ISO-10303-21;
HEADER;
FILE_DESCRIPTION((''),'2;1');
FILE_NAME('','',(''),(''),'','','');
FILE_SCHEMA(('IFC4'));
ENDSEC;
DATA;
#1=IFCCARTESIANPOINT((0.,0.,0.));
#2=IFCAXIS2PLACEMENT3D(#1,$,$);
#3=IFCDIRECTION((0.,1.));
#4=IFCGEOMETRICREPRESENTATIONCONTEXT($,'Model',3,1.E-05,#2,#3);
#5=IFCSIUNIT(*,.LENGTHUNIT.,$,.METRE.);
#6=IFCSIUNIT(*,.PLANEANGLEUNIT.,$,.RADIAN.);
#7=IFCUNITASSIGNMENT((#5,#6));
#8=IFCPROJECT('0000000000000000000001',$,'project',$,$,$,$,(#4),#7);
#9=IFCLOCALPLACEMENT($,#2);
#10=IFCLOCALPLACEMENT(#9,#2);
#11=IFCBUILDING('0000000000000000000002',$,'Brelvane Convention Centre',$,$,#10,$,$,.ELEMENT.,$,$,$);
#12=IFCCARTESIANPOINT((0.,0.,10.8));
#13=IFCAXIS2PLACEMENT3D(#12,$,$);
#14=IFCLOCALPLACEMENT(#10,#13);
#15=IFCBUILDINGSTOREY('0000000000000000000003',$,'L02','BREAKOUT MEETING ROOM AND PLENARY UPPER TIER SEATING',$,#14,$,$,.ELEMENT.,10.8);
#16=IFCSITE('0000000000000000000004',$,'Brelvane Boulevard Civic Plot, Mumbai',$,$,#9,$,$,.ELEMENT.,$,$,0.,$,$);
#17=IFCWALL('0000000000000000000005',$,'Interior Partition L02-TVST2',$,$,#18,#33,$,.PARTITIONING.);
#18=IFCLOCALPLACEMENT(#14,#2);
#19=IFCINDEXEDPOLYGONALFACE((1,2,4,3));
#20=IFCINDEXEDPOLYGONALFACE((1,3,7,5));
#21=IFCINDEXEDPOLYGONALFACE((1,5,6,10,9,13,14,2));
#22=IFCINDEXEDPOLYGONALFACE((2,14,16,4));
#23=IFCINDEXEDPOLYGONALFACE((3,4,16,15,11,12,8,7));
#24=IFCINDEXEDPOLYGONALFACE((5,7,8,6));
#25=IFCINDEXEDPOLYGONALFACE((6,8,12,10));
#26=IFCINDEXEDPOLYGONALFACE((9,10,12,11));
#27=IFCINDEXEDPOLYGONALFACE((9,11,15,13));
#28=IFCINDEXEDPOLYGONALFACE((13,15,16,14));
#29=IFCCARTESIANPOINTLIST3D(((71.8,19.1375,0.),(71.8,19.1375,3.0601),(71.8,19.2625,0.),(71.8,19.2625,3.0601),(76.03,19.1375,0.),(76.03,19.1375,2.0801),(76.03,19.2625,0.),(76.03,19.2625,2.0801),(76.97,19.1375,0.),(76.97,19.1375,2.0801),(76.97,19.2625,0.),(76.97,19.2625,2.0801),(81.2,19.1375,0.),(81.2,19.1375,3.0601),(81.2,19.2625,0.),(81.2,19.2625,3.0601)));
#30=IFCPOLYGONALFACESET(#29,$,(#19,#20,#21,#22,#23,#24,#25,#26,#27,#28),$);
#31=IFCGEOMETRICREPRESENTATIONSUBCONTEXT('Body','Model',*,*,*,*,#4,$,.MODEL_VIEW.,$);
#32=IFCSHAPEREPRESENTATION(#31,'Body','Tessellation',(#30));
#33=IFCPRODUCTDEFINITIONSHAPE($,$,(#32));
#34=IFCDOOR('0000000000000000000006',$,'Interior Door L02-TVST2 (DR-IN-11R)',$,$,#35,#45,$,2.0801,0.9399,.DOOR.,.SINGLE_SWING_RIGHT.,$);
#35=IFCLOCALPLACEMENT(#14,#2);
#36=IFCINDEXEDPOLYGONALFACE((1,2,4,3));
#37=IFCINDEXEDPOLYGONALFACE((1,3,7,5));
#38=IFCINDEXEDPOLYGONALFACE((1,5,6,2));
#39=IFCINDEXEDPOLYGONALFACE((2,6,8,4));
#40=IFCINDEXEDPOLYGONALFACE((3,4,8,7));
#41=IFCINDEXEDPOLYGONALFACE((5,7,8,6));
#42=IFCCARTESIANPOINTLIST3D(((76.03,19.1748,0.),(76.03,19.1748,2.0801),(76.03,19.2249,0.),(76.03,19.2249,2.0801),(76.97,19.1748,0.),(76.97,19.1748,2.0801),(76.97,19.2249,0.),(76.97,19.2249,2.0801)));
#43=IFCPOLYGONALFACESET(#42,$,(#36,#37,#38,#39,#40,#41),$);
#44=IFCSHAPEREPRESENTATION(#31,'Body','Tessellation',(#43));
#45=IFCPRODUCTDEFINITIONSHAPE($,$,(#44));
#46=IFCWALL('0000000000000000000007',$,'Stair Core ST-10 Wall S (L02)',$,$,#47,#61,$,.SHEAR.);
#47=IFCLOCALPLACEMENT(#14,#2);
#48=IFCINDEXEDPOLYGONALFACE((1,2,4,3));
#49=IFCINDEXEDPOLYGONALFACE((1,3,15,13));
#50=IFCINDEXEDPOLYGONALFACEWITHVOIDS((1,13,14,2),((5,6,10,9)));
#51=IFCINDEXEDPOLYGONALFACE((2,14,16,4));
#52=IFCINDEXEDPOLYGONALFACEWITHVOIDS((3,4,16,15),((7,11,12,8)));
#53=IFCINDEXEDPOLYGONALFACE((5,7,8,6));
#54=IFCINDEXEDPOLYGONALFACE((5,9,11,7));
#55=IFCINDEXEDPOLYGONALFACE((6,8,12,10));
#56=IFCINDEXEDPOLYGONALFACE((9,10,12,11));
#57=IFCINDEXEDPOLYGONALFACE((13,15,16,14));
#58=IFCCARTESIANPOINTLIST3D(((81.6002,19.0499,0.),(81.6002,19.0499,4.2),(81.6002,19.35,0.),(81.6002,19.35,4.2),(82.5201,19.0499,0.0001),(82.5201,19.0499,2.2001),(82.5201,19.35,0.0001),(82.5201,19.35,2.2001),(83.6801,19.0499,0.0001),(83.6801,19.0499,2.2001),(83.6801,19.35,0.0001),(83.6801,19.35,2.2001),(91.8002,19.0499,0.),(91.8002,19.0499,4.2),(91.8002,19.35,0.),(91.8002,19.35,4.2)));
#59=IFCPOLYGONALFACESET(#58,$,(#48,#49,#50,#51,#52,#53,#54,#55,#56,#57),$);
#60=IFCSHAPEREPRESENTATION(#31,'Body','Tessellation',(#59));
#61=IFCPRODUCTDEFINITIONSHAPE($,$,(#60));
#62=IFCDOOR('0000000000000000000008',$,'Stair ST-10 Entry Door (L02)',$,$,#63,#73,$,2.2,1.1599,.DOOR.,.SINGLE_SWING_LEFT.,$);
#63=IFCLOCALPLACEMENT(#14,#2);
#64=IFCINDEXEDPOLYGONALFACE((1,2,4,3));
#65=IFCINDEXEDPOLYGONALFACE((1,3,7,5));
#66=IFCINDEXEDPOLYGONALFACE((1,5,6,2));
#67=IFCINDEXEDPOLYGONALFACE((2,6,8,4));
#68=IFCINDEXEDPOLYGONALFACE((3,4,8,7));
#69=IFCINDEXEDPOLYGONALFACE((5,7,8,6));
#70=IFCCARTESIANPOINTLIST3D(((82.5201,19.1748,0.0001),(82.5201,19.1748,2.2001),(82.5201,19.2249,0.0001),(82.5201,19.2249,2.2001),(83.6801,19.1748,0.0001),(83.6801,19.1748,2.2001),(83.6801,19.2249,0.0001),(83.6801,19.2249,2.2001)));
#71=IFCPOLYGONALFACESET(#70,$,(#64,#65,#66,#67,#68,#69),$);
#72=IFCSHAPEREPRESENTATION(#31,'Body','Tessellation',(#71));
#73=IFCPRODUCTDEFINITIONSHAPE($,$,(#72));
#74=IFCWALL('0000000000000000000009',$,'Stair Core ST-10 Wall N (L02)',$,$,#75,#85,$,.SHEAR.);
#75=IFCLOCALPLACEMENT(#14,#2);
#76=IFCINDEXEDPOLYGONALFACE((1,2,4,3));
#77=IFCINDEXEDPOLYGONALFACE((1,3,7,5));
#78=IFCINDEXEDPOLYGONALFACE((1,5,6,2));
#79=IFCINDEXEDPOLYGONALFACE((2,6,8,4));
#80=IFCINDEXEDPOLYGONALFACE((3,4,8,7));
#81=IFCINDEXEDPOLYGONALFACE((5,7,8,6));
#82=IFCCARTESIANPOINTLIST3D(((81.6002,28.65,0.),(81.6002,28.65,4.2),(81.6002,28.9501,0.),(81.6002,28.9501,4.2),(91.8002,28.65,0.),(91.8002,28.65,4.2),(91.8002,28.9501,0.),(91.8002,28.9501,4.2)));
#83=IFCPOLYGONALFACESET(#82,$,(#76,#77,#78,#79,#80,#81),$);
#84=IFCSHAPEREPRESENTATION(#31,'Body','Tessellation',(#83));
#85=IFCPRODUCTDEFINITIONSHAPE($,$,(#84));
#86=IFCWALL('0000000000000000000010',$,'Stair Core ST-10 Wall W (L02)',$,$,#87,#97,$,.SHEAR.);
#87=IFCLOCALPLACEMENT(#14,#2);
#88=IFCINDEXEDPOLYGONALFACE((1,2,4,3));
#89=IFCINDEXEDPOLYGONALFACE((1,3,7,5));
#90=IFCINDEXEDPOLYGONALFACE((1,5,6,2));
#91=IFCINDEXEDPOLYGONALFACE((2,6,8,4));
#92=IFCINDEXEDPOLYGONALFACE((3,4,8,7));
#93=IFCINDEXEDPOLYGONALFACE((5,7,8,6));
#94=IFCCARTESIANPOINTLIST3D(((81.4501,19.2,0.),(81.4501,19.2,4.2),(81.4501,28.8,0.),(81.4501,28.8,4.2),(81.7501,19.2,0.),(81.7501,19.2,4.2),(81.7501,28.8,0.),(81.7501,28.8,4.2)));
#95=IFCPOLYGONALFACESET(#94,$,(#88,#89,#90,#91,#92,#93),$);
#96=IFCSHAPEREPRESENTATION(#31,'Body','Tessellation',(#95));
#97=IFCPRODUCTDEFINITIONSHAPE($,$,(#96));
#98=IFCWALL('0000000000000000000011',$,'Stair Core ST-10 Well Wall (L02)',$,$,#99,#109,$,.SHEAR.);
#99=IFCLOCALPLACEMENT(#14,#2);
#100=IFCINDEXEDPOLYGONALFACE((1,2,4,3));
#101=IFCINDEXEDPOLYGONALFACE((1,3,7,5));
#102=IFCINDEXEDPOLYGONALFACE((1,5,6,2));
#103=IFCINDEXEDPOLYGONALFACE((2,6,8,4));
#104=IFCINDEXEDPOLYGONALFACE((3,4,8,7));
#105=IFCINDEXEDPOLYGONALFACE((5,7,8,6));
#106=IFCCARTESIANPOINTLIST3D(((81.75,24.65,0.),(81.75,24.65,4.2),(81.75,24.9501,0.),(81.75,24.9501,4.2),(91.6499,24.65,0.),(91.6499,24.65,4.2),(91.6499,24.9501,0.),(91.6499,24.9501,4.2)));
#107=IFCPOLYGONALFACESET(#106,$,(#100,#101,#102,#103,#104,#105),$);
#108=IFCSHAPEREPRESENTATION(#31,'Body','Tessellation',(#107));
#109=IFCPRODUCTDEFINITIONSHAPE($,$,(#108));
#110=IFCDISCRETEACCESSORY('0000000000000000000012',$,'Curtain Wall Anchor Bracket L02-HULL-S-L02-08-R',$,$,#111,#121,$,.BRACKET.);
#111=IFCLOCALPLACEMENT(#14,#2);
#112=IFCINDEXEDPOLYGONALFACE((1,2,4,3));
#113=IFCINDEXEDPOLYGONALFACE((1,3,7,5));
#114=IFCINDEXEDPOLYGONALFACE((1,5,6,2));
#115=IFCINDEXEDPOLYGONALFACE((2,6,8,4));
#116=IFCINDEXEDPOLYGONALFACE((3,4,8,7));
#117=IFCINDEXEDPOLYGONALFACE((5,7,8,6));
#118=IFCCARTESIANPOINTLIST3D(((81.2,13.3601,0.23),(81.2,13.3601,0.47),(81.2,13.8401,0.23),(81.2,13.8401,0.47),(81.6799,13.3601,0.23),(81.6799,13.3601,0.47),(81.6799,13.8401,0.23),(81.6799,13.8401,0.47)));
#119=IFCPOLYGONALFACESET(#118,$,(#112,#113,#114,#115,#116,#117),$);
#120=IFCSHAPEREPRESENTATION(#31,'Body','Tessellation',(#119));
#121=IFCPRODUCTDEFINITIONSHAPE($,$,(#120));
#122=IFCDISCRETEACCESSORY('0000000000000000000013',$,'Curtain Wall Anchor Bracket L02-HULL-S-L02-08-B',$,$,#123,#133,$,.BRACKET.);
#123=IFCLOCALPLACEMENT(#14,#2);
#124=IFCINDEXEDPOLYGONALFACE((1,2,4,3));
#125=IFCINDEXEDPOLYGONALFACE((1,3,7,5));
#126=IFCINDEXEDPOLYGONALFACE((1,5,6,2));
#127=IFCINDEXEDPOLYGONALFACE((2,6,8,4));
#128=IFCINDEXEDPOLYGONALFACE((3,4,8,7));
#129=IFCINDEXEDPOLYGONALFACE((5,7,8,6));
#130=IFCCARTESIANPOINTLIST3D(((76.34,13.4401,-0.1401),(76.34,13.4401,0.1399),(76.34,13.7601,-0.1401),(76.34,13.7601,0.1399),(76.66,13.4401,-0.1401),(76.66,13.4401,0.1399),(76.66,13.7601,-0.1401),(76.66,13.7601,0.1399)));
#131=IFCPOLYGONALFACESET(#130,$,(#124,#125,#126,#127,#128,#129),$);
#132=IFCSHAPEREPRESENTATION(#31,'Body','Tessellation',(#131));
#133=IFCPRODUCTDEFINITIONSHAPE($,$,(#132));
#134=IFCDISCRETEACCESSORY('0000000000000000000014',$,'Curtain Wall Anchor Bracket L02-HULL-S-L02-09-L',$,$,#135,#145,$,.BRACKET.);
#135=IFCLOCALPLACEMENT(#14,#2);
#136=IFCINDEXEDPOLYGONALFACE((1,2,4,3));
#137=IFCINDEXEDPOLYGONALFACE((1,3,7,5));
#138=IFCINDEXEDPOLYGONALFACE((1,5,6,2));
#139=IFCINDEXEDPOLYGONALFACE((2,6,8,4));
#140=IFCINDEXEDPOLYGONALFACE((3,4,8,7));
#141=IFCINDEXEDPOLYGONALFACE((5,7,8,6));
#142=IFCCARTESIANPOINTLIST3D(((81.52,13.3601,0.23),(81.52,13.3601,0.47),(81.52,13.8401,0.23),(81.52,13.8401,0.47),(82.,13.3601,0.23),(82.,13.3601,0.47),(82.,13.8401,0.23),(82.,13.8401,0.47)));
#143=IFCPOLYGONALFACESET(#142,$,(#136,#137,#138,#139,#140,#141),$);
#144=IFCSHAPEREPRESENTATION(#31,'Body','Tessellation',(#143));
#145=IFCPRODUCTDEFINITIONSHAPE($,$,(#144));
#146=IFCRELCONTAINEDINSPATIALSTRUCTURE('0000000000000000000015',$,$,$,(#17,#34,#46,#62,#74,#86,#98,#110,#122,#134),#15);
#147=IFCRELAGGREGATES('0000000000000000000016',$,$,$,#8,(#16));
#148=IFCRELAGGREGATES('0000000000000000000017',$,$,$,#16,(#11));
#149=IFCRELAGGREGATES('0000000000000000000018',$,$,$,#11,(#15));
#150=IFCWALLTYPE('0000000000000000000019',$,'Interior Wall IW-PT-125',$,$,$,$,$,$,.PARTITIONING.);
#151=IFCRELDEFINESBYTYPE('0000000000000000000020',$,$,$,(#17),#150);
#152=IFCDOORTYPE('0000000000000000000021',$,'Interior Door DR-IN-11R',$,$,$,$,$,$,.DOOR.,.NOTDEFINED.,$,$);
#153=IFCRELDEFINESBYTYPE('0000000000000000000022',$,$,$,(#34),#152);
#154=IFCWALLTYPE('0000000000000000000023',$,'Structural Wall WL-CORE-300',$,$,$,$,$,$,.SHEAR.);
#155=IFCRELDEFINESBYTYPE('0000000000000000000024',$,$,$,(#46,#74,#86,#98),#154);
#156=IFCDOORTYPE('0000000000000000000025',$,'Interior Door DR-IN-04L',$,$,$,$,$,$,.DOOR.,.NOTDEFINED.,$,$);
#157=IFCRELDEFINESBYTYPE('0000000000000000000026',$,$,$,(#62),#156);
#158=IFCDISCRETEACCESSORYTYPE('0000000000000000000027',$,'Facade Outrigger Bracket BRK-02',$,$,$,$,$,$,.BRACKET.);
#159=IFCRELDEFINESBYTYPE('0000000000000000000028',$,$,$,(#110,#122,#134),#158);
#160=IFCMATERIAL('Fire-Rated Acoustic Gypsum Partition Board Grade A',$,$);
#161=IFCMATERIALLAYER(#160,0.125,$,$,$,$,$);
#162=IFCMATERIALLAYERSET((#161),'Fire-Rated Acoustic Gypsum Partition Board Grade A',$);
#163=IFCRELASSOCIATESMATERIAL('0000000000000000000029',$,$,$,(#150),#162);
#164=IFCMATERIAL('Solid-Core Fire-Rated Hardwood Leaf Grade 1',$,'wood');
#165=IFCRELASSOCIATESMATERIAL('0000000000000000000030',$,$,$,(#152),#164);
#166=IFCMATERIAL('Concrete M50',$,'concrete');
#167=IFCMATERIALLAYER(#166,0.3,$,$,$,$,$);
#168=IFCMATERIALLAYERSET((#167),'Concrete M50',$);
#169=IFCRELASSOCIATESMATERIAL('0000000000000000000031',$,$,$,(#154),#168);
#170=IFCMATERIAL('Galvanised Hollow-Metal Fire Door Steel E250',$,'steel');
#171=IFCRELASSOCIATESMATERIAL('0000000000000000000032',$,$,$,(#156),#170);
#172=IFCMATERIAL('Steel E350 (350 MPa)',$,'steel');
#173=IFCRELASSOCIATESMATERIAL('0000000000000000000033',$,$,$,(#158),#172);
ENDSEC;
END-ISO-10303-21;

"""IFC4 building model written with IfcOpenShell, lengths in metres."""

from ifc_helpers import new_model, si_unit, direction, frame, frame_2d, origin, origin_2d, place, context, subcontext, project, spatial, rectangle, extrude, material, layer, layer_set, type_object, element, fill, save


model = new_model("IFC4")

# Units and contexts
model_context = context("Model", 3, precision=1e-05, world=origin(), true_north=direction((0.0, 1.0)))
body_context = subcontext(model_context, "Body", "Model", "MODEL_VIEW")
ifc_project = project(units=[si_unit("LENGTHUNIT", "METRE"), si_unit("PLANEANGLEUNIT", "RADIAN")], contexts=[model_context])

# Site, building, storey
site_placement = place(None, origin())
site = spatial("IfcSite", under=ifc_project, at=site_placement, Name="Brelvane Boulevard Civic Plot, Mumbai", CompositionType="ELEMENT", RefElevation=0.0)
building_placement = place(site_placement, origin())
building = spatial("IfcBuilding", under=site, at=building_placement, Name="Brelvane Convention Centre", CompositionType="ELEMENT")
storey_placement = place(building_placement, frame((0.0, 0.0, 10.8)))
storey = spatial("IfcBuildingStorey", under=building, at=storey_placement, Name="L02", Description="BREAKOUT MEETING ROOM AND PLENARY UPPER TIER SEATING", CompositionType="ELEMENT", Elevation=10.8)

# Walls, openings, doors
ifc_material_1 = material(Name="Fire-Rated Acoustic Gypsum Partition Board Grade A")
ifc_layer_1 = layer(ifc_material_1, 0.125)
ifc_layer_set_1 = layer_set([ifc_layer_1], Name="Fire-Rated Acoustic Gypsum Partition Board Grade A")
wall_type_1 = type_object("IfcWallType", Name="Interior Wall IW-PT-125", PredefinedType="PARTITIONING", material=ifc_layer_set_1)
wall_1_placement = place(storey_placement, frame((71.8, 19.2, 0.0), z_axis=(0.0, 0.0, 1.0), x_axis=(1.0, 0.0, 0.0)))
wall_1 = element("IfcWall", 1, at=wall_1_placement, inside=storey, type_object=wall_type_1, Name="Interior Partition L02-TVST2", PredefinedType="PARTITIONING", context=body_context, shape_type="SweptSolid", body=[
    extrude(rectangle(XDim=9.3999, YDim=0.125, at=frame_2d((4.7, 0.0))), origin(), (0.0, 0.0, 1.0), 3.0601),
])
opening_1_placement = place(wall_1_placement, frame((4.23, 0.0, 0.0)))
opening_1 = element("IfcOpeningElement", 2, at=opening_1_placement, cuts=wall_1, PredefinedType="OPENING", context=body_context, shape_type="SweptSolid", body=[
    extrude(rectangle(XDim=0.9399, YDim=2.0801, at=frame_2d((0.47, 1.04))), frame((0.0, 0.0725, 0.0), z_axis=(0.0, -1.0, 0.0), x_axis=(1.0, 0.0, 0.0)), (0.0, 0.0, 1.0), 0.145),
])
ifc_material_2 = material(Name="Solid-Core Fire-Rated Hardwood Leaf Grade 1", Category="wood")
door_type_1 = type_object("IfcDoorType", Name="Interior Door DR-IN-11R", OperationType="NOTDEFINED", PredefinedType="DOOR", material=ifc_material_2)
door_1_placement = place(opening_1_placement, origin())
door_1 = element("IfcDoor", 3, at=door_1_placement, inside=storey, type_object=door_type_1, Name="Interior Door L02-TVST2 (DR-IN-11R)", OperationType="SINGLE_SWING_RIGHT", OverallHeight=2.0801, OverallWidth=0.9399, PredefinedType="DOOR", context=body_context, shape_type="SweptSolid", body=[
    extrude(rectangle(XDim=0.9399, YDim=2.0801, at=frame_2d((0.47, 1.04))), frame((0.0, 0.0249, 0.0), z_axis=(0.0, -1.0, 0.0), x_axis=(1.0, 0.0, 0.0)), (0.0, 0.0, 1.0), 0.05),
])
fill(opening_1, door_1)
ifc_material_3 = material(Name="Concrete M50", Category="concrete")
ifc_layer_2 = layer(ifc_material_3, 0.3)
ifc_layer_set_2 = layer_set([ifc_layer_2], Name="Concrete M50")
wall_type_2 = type_object("IfcWallType", Name="Structural Wall WL-CORE-300", PredefinedType="SHEAR", material=ifc_layer_set_2)
wall_2_placement = place(storey_placement, frame((81.6001, 19.2, 0.0), z_axis=(0.0, 0.0, 1.0), x_axis=(1.0, 0.0, 0.0)))
wall_2 = element("IfcWall", 4, at=wall_2_placement, inside=storey, type_object=wall_type_2, Name="Stair Core ST-10 Wall S (L02)", PredefinedType="SHEAR", context=body_context, shape_type="SweptSolid", body=[
    extrude(rectangle(XDim=10.2, YDim=0.3, at=frame_2d((5.1001, 0.0))), origin(), (0.0, 0.0, 1.0), 4.2),
])
opening_2_placement = place(wall_2_placement, frame((0.9199, 0.0, 0.0)))
opening_2 = element("IfcOpeningElement", 5, at=opening_2_placement, cuts=wall_2, PredefinedType="OPENING", context=body_context, shape_type="SweptSolid", body=[
    extrude(rectangle(XDim=1.1599, YDim=2.2, at=frame_2d((0.5801, 1.1001))), frame((0.0, 0.1599, 0.0), z_axis=(0.0, -1.0, 0.0), x_axis=(1.0, 0.0, 0.0)), (0.0, 0.0, 1.0), 0.3201),
])
ifc_material_4 = material(Name="Galvanised Hollow-Metal Fire Door Steel E250", Category="steel")
door_type_2 = type_object("IfcDoorType", Name="Interior Door DR-IN-04L", OperationType="NOTDEFINED", PredefinedType="DOOR", material=ifc_material_4)
door_2_placement = place(opening_2_placement, origin())
door_2 = element("IfcDoor", 6, at=door_2_placement, inside=storey, type_object=door_type_2, Name="Stair ST-10 Entry Door (L02)", OperationType="SINGLE_SWING_LEFT", OverallHeight=2.2, OverallWidth=1.1599, PredefinedType="DOOR", context=body_context, shape_type="SweptSolid", body=[
    extrude(rectangle(XDim=1.1599, YDim=2.2, at=frame_2d((0.5801, 1.1001))), frame((0.0, 0.0249, 0.0), z_axis=(0.0, -1.0, 0.0), x_axis=(1.0, 0.0, 0.0)), (0.0, 0.0, 1.0), 0.05),
])
fill(opening_2, door_2)

# Walls
wall_3_placement = place(storey_placement, frame((81.6001, 28.8, 0.0), z_axis=(0.0, 0.0, 1.0), x_axis=(1.0, 0.0, 0.0)))
element("IfcWall", 7, at=wall_3_placement, inside=storey, type_object=wall_type_2, Name="Stair Core ST-10 Wall N (L02)", PredefinedType="SHEAR", context=body_context, shape_type="SweptSolid", body=[
    extrude(rectangle(XDim=10.2, YDim=0.3, at=frame_2d((5.1001, 0.0))), origin(), (0.0, 0.0, 1.0), 4.2),
])
wall_4_placement = place(storey_placement, frame((81.6001, 19.2, 0.0), z_axis=(0.0, 0.0, 1.0), x_axis=(0.0, 1.0, 0.0)))
element("IfcWall", 8, at=wall_4_placement, inside=storey, type_object=wall_type_2, Name="Stair Core ST-10 Wall W (L02)", PredefinedType="SHEAR", context=body_context, shape_type="SweptSolid", body=[
    extrude(rectangle(XDim=9.6001, YDim=0.3, at=frame_2d((4.8, 0.0))), origin(), (0.0, 0.0, 1.0), 4.2),
])
wall_5_placement = place(storey_placement, frame((81.75, 24.8, 0.0), z_axis=(0.0, 0.0, 1.0), x_axis=(1.0, 0.0, 0.0)))
element("IfcWall", 9, at=wall_5_placement, inside=storey, type_object=wall_type_2, Name="Stair Core ST-10 Well Wall (L02)", PredefinedType="SHEAR", context=body_context, shape_type="SweptSolid", body=[
    extrude(rectangle(XDim=9.8999, YDim=0.3, at=frame_2d((4.95, 0.0))), origin(), (0.0, 0.0, 1.0), 4.2),
])

# Discrete accessories
ifc_material_5 = material(Name="Steel E350 (350 MPa)", Category="steel")
discrete_accessory_type = type_object("IfcDiscreteAccessoryType", Name="Facade Outrigger Bracket BRK-02", PredefinedType="BRACKET", material=ifc_material_5)
discrete_accessory_1_placement = place(storey_placement, frame((81.4399, 13.6001, 0.23), z_axis=(0.0, 0.0, 1.0), x_axis=(1.0, 0.0, 0.0)))
element("IfcDiscreteAccessory", 10, at=discrete_accessory_1_placement, inside=storey, type_object=discrete_accessory_type, Name="Curtain Wall Anchor Bracket L02-HULL-S-L02-08-R", PredefinedType="BRACKET", context=body_context, shape_type="SweptSolid", body=[
    extrude(rectangle(XDim=0.48, YDim=0.48, at=origin_2d()), origin(), (0.0, 0.0, 1.0), 0.24),
])
discrete_accessory_2_placement = place(storey_placement, frame((76.5, 13.6001, -0.1401), z_axis=(0.0, 0.0, 1.0), x_axis=(1.0, 0.0, 0.0)))
element("IfcDiscreteAccessory", 11, at=discrete_accessory_2_placement, inside=storey, type_object=discrete_accessory_type, Name="Curtain Wall Anchor Bracket L02-HULL-S-L02-08-B", PredefinedType="BRACKET", context=body_context, shape_type="SweptSolid", body=[
    extrude(rectangle(XDim=0.3201, YDim=0.3201, at=origin_2d()), origin(), (0.0, 0.0, 1.0), 0.28),
])
discrete_accessory_3_placement = place(storey_placement, frame((81.76, 13.6001, 0.23), z_axis=(0.0, 0.0, 1.0), x_axis=(1.0, 0.0, 0.0)))
element("IfcDiscreteAccessory", 12, at=discrete_accessory_3_placement, inside=storey, type_object=discrete_accessory_type, Name="Curtain Wall Anchor Bracket L02-HULL-S-L02-09-L", PredefinedType="BRACKET", context=body_context, shape_type="SweptSolid", body=[
    extrude(rectangle(XDim=0.48, YDim=0.48, at=origin_2d()), origin(), (0.0, 0.0, 1.0), 0.24),
])

save(model, "model.ifc")
